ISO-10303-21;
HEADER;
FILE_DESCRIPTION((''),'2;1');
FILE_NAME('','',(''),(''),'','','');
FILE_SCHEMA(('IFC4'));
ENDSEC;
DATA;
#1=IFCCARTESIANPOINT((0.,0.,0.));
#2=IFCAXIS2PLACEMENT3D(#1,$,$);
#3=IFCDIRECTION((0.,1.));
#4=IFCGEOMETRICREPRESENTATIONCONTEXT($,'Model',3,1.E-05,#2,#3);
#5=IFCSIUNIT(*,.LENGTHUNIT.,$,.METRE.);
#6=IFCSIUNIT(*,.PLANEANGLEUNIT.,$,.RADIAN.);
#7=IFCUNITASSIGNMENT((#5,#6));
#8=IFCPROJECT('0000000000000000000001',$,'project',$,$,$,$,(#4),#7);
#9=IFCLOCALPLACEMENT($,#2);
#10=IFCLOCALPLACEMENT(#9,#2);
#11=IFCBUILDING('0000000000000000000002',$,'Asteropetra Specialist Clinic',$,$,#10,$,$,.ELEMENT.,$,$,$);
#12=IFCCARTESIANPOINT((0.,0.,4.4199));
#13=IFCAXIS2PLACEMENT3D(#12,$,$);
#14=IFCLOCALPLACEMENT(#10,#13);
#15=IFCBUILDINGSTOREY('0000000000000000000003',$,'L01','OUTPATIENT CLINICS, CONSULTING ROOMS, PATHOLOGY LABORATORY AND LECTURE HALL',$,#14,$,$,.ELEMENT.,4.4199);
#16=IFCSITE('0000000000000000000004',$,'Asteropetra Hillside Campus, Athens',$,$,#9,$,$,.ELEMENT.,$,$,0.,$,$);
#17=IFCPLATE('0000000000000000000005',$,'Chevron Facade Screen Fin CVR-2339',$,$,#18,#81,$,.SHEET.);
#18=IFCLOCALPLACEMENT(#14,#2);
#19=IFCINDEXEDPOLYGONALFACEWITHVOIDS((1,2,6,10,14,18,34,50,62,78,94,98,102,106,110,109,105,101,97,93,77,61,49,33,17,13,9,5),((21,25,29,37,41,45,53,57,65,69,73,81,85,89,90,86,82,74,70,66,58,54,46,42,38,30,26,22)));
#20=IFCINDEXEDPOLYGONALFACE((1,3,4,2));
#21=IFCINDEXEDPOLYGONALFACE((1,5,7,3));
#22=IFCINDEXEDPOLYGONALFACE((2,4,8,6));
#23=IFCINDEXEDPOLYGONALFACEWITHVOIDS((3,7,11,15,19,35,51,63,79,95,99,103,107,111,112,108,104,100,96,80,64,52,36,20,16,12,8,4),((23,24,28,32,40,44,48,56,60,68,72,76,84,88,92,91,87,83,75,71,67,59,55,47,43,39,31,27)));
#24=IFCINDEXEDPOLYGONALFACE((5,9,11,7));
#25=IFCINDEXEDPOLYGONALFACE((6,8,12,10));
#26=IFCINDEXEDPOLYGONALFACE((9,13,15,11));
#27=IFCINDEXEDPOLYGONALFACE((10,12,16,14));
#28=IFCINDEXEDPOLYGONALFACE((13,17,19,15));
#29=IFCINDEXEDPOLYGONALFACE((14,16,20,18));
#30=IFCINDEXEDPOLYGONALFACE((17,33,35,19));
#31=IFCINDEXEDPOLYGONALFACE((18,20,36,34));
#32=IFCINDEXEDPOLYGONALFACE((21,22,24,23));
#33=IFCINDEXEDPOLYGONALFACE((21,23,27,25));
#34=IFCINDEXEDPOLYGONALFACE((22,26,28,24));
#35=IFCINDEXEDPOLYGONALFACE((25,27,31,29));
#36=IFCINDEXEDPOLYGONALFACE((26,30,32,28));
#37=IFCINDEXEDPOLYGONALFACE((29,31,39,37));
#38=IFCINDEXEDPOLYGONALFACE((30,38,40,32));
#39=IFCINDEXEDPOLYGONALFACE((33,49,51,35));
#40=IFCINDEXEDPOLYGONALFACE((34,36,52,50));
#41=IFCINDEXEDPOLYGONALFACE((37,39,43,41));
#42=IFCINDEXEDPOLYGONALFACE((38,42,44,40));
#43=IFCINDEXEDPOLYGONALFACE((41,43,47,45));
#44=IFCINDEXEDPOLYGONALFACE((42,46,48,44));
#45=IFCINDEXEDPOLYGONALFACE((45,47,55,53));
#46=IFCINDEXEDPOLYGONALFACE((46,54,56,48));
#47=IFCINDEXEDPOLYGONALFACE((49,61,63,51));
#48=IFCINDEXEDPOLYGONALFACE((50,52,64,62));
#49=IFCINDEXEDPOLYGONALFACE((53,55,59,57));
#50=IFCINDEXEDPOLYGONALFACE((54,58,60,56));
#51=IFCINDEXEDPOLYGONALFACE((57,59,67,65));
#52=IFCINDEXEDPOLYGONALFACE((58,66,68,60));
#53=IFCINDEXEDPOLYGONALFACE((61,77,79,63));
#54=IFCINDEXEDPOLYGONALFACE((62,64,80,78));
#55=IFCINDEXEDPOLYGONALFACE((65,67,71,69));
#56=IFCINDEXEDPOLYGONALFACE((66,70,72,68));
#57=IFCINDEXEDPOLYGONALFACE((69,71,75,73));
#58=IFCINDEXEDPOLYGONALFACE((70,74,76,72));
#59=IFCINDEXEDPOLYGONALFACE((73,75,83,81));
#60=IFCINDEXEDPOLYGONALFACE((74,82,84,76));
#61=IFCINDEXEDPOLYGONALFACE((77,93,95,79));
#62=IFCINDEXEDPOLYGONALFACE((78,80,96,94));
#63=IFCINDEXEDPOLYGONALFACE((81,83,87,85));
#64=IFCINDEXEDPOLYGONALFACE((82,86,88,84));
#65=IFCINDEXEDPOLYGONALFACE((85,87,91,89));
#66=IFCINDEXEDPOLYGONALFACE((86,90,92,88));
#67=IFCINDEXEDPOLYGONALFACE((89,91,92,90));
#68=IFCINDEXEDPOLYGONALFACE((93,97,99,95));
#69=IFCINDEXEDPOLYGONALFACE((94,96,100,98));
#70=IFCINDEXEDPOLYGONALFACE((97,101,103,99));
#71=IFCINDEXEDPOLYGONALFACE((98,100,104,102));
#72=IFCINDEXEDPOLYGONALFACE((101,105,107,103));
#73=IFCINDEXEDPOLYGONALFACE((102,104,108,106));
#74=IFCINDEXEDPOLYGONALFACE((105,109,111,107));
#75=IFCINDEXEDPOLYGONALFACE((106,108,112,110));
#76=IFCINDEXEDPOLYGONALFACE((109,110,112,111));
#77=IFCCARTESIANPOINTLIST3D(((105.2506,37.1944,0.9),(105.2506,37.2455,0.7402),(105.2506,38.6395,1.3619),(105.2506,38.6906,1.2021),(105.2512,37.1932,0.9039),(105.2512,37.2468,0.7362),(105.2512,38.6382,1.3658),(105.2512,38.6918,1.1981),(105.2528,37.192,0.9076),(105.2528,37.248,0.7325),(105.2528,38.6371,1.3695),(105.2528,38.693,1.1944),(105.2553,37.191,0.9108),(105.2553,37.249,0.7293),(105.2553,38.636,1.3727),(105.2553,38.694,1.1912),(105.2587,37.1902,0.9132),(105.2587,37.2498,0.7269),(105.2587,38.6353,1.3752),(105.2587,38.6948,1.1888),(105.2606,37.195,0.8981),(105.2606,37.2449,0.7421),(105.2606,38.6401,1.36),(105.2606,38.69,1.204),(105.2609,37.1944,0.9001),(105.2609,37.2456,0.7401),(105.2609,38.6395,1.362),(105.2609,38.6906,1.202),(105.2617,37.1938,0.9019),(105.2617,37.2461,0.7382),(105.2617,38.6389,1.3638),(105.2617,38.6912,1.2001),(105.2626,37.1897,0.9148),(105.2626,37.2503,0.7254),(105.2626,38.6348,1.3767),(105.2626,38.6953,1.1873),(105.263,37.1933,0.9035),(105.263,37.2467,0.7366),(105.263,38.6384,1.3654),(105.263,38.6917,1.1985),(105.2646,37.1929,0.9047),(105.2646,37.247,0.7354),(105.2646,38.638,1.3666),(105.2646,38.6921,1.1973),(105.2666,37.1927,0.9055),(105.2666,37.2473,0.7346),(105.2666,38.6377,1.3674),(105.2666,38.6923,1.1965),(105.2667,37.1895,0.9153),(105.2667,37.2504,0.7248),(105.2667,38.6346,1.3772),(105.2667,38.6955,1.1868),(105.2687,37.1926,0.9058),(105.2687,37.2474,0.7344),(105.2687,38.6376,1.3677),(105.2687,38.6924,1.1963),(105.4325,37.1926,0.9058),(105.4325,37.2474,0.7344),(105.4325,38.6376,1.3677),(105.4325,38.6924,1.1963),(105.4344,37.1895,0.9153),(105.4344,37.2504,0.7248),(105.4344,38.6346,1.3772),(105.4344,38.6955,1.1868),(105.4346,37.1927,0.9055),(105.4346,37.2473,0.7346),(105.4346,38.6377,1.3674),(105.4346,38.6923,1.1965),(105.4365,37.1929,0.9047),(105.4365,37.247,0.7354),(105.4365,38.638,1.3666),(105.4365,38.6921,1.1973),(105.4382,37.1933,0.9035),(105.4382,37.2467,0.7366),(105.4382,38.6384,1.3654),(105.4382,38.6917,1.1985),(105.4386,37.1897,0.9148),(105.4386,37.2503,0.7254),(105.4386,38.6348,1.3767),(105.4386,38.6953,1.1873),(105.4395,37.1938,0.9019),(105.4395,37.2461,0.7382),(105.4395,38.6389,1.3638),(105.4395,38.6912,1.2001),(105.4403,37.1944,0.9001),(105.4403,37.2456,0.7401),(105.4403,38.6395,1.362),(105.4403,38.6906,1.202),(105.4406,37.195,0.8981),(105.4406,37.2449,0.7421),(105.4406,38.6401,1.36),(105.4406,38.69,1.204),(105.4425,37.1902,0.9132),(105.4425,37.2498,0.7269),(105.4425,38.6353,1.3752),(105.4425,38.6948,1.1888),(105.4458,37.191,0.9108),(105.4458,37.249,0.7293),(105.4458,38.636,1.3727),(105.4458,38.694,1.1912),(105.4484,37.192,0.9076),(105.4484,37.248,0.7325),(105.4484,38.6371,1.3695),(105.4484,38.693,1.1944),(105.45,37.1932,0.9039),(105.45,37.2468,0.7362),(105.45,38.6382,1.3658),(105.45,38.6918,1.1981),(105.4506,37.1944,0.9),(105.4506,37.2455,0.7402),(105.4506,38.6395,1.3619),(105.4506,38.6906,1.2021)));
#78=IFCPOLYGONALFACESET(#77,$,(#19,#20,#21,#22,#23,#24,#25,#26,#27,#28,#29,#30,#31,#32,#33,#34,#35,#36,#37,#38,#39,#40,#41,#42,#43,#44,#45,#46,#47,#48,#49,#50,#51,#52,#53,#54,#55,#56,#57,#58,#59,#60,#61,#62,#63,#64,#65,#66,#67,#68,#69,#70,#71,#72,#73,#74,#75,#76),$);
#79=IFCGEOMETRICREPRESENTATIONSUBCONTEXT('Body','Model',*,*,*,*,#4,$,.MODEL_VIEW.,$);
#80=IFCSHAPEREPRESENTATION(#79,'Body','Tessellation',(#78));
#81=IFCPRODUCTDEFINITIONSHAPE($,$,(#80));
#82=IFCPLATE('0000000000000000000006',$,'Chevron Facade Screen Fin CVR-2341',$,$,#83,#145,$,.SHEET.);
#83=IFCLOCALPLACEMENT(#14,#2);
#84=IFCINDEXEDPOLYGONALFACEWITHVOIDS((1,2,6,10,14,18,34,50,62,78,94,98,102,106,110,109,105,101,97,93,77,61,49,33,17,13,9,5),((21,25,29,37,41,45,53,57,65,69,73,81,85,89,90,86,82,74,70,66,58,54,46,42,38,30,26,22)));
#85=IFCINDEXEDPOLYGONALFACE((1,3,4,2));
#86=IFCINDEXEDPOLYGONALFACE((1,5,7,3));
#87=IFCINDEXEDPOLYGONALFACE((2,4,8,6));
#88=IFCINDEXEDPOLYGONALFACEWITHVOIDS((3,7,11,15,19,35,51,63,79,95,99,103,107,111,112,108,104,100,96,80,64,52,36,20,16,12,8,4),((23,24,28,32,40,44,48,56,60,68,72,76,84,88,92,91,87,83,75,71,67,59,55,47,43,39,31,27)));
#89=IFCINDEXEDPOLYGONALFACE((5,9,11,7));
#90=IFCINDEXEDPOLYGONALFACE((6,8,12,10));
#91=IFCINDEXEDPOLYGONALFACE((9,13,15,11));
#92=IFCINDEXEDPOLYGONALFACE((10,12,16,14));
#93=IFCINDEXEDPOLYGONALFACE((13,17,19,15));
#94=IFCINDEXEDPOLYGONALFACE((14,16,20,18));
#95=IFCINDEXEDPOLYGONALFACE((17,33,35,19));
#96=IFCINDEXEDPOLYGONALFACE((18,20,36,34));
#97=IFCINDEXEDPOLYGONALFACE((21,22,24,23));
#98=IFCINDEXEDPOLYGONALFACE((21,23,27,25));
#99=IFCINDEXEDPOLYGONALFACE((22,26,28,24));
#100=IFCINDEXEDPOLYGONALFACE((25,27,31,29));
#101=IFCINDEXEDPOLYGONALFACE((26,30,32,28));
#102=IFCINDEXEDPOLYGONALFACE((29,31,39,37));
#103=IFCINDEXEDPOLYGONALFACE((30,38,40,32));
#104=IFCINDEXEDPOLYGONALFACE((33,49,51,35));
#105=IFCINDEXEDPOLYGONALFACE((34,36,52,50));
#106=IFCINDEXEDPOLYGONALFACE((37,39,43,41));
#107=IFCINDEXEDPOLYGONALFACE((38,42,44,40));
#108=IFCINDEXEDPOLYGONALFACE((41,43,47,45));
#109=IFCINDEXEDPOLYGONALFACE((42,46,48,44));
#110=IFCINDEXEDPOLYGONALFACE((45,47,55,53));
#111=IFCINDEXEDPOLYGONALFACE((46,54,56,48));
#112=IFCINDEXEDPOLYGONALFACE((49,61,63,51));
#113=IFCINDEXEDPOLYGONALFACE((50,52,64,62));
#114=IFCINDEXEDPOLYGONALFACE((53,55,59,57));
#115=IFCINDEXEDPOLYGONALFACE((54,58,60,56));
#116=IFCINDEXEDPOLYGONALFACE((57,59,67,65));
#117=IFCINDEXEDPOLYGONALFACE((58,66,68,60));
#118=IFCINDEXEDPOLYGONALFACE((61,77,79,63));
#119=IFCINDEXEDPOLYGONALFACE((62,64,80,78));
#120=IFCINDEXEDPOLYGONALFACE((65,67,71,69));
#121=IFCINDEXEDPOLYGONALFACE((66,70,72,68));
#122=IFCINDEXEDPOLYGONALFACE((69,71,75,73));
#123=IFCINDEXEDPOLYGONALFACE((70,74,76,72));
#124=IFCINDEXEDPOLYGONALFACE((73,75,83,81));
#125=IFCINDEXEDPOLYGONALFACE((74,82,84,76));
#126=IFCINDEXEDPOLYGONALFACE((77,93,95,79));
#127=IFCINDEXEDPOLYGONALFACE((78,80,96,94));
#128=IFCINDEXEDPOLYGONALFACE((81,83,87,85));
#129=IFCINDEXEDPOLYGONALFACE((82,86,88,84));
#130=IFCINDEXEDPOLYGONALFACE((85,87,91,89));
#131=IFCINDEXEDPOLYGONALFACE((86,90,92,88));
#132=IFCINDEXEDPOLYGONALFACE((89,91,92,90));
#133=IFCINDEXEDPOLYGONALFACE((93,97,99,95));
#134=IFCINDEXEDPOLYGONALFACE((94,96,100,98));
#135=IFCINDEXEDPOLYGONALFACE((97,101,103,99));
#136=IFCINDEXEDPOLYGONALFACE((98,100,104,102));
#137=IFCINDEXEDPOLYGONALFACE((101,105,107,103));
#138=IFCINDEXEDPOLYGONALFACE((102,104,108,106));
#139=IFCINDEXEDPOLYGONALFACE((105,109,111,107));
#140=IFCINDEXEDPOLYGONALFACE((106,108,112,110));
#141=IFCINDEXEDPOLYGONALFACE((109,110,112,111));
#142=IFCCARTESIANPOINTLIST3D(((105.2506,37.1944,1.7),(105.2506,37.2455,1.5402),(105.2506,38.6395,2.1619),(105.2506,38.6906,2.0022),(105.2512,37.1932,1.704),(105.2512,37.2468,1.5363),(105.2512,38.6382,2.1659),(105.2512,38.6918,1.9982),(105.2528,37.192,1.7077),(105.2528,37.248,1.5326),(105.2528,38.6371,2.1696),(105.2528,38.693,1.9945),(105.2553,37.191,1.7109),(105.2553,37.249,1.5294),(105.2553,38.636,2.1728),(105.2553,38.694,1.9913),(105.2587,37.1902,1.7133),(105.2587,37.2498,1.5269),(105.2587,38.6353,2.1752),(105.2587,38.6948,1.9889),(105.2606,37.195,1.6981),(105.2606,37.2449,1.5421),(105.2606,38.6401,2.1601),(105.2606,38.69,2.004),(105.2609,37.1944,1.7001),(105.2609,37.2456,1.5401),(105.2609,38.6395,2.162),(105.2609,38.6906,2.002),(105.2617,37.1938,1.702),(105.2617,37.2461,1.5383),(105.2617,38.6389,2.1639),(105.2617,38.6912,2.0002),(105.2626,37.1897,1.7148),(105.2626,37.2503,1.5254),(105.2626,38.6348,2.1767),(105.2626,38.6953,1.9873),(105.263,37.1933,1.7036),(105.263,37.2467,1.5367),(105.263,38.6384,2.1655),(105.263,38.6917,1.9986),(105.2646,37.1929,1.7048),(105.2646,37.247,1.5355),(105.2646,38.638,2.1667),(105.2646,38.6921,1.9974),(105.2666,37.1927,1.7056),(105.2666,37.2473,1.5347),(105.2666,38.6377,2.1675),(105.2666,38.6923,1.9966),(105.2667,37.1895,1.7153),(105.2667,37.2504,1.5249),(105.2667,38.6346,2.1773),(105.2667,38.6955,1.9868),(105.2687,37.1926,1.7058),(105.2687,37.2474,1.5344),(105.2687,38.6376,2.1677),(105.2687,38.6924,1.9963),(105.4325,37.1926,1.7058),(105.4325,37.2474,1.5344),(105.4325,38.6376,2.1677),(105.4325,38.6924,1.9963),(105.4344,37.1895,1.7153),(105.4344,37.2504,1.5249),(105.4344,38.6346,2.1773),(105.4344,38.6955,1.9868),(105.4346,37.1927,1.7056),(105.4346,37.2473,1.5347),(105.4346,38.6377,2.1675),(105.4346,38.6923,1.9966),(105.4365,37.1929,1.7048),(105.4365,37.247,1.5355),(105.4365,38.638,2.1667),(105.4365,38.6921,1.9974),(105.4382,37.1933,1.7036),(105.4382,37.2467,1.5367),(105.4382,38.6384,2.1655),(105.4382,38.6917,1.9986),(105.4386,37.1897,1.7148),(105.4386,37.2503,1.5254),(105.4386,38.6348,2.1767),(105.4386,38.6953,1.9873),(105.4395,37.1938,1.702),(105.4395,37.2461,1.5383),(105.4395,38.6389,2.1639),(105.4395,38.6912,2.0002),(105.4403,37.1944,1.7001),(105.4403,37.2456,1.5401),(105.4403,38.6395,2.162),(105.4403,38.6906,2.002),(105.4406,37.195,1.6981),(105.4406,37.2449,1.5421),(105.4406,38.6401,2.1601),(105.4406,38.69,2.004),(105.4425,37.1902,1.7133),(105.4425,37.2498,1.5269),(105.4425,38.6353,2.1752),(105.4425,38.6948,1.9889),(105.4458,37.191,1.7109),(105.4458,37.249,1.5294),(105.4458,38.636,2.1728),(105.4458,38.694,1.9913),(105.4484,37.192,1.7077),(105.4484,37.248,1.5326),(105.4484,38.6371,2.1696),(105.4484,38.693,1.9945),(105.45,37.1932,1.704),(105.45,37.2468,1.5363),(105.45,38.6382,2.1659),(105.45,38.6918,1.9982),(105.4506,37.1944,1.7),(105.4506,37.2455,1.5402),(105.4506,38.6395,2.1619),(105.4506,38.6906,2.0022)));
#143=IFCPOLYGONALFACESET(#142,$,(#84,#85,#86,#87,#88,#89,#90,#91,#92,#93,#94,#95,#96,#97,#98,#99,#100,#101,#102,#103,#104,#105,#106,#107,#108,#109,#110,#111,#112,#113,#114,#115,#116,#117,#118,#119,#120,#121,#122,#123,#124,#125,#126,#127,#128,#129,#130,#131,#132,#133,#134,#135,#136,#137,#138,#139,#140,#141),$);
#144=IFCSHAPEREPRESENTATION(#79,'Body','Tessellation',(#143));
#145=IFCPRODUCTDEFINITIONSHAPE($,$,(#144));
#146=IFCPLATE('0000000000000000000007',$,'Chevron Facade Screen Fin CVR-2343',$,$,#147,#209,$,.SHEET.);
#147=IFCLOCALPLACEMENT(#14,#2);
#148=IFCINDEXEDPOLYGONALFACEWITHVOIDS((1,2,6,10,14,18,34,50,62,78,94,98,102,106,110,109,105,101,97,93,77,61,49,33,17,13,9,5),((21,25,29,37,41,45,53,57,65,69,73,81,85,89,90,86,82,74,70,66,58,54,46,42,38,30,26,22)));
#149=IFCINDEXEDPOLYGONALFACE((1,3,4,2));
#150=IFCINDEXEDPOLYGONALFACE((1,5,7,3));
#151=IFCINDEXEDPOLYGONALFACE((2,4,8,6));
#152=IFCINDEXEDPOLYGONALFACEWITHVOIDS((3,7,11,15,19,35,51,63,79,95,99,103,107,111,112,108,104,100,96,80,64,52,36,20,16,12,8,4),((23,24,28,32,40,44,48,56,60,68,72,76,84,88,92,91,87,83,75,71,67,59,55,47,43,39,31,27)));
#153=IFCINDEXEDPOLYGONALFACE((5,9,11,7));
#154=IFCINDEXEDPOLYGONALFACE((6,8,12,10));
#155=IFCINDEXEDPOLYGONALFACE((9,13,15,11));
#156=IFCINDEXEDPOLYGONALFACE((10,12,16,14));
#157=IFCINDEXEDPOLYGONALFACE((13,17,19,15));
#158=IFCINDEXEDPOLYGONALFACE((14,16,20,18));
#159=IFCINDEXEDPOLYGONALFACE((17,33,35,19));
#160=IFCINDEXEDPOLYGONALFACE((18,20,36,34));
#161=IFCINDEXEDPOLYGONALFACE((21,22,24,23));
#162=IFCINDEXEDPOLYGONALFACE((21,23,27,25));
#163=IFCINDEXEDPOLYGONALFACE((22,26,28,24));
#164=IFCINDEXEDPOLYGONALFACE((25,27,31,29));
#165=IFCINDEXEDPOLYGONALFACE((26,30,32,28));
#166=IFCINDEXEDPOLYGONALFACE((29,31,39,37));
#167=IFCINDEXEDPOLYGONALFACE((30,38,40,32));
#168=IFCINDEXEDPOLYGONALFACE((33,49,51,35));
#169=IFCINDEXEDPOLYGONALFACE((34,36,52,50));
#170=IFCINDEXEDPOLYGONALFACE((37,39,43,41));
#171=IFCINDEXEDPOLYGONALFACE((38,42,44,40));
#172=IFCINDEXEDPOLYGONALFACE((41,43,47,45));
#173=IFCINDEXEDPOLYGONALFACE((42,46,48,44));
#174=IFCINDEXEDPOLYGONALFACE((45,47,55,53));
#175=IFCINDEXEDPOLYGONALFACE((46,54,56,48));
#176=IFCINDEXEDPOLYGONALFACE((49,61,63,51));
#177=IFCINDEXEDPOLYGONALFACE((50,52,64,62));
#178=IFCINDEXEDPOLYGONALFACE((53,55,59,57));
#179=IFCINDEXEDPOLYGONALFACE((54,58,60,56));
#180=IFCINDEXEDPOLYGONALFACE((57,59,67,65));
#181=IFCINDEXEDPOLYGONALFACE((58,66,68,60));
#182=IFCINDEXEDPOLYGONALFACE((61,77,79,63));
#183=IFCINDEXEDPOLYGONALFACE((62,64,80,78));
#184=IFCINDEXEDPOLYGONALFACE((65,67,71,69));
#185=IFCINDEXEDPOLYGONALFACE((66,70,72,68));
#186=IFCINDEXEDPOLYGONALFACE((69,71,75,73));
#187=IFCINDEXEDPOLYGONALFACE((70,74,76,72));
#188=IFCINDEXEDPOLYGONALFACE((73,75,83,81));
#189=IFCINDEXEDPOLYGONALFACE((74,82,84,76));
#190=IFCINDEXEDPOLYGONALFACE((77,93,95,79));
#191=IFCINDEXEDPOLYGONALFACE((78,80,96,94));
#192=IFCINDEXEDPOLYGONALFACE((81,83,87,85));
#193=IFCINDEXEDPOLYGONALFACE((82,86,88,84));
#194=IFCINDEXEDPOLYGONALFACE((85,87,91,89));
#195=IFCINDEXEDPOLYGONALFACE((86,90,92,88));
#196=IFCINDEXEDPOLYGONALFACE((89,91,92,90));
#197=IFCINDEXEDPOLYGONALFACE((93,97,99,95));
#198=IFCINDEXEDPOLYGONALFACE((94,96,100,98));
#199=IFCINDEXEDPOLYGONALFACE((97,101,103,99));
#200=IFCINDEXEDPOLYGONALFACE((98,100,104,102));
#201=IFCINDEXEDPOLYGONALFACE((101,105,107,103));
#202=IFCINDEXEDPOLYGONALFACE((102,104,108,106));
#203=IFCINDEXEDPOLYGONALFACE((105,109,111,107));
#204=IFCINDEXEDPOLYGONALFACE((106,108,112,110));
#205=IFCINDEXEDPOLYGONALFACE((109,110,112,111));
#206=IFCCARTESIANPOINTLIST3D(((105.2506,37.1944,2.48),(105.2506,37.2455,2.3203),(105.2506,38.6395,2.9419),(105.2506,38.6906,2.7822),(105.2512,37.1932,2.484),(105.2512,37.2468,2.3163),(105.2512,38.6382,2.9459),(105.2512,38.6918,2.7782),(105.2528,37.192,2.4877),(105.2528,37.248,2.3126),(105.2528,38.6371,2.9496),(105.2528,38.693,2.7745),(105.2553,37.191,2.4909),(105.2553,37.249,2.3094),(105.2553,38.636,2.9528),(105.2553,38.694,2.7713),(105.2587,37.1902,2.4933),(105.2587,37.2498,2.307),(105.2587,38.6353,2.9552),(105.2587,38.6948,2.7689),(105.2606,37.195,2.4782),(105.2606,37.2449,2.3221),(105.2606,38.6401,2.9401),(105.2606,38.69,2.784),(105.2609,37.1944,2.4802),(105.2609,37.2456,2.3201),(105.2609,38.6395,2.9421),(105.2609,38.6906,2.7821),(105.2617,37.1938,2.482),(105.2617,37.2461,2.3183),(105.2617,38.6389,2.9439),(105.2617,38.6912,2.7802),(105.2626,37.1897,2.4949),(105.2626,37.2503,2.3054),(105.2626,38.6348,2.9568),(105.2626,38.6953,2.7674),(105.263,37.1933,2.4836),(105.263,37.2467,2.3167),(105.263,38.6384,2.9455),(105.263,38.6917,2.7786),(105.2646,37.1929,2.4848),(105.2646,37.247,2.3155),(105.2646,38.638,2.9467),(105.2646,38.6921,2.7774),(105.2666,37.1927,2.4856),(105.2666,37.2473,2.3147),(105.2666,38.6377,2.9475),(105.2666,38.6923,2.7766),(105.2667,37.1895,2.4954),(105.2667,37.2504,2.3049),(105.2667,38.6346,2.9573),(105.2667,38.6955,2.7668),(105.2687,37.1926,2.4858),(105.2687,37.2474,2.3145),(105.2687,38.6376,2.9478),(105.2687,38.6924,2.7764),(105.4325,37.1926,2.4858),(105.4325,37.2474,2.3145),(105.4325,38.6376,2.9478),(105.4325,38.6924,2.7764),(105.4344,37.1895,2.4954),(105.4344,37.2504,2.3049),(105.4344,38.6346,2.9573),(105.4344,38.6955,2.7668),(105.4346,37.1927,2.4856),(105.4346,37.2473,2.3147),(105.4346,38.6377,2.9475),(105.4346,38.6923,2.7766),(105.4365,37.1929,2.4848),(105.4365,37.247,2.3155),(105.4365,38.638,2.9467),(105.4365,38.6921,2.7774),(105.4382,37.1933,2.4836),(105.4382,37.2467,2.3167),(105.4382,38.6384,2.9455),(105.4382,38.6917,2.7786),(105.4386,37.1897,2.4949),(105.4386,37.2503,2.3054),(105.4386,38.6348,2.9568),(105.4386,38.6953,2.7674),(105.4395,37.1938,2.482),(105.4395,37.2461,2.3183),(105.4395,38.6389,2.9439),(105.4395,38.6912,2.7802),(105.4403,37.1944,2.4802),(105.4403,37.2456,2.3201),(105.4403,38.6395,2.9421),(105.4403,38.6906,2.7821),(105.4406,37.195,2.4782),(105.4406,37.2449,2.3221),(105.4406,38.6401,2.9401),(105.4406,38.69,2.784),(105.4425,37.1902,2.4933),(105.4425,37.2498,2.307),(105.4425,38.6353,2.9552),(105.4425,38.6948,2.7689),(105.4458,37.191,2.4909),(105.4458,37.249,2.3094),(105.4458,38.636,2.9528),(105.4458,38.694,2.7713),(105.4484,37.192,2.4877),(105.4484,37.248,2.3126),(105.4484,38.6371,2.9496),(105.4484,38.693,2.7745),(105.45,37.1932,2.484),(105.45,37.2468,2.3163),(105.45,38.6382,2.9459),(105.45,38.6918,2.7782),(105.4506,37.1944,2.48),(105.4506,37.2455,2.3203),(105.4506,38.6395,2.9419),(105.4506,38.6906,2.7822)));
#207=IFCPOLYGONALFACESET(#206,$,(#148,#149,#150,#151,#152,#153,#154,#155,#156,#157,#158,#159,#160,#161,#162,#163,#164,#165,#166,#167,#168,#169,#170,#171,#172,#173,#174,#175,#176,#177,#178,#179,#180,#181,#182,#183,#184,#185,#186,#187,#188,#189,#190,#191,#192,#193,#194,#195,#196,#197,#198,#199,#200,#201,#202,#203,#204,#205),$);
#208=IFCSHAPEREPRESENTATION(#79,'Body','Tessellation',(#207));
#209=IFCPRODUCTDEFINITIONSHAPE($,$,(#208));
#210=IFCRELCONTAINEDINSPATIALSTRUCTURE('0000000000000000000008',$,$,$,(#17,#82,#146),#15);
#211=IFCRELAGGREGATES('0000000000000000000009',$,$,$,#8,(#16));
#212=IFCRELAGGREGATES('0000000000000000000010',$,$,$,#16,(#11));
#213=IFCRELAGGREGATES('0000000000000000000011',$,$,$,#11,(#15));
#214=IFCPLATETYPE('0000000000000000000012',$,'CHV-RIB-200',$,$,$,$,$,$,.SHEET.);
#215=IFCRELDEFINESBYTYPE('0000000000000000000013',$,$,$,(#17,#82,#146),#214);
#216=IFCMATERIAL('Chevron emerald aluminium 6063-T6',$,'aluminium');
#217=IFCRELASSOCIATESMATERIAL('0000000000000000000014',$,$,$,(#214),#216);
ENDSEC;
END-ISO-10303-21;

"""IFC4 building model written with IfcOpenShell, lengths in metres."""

from ifc_helpers import new_model, si_unit, direction, frame, origin, origin_2d, place, context, subcontext, project, spatial, hollow_rectangle, extrude, material, material_profile, profile_set, type_object, element, save


model = new_model("IFC4")

# Units and contexts
model_context = context("Model", 3, precision=1e-05, world=origin(), true_north=direction((0.0, 1.0)))
body_context = subcontext(model_context, "Body", "Model", "MODEL_VIEW")
ifc_project = project(units=[si_unit("LENGTHUNIT", "METRE"), si_unit("PLANEANGLEUNIT", "RADIAN")], contexts=[model_context])

# Site, building, storey
site_placement = place(None, origin())
site = spatial("IfcSite", under=ifc_project, at=site_placement, Name="Asteropetra Hillside Campus, Athens", CompositionType="ELEMENT", RefElevation=0.0)
building_placement = place(site_placement, origin())
building = spatial("IfcBuilding", under=site, at=building_placement, Name="Asteropetra Specialist Clinic", CompositionType="ELEMENT")
storey_placement = place(building_placement, frame((0.0, 0.0, 4.4199)))
storey = spatial("IfcBuildingStorey", under=building, at=storey_placement, Name="L01", Description="OUTPATIENT CLINICS, CONSULTING ROOMS, PATHOLOGY LABORATORY AND LECTURE HALL", CompositionType="ELEMENT", Elevation=4.4199)

# Plates
ifc_material_1 = material(Name="Chevron emerald aluminium 6063-T6", Category="aluminium")
ifc_material_profile_1 = material_profile(ifc_material_1, hollow_rectangle(XDim=0.2, YDim=0.2, WallThickness=0.01, InnerFilletRadius=0.0081, OuterFilletRadius=0.0161, at=origin_2d()), Name="SHS 200x200x10.0")
ifc_profile_set_1 = profile_set([ifc_material_profile_1], Name="Chevron emerald aluminium 6063-T6")
plate_type = type_object("IfcPlateType", Name="CHV-RIB-200", PredefinedType="SHEET", material=ifc_profile_set_1)
for number, where, z_axis, x_axis, name in (
    (1, (105.3506, 38.665, 1.282), (0.0, -0.952521, -0.304472), (1.0, 0.0, 0.0), "Chevron Facade Screen Fin CVR-2339"),
    (2, (105.3506, 38.665, 2.082), (0.0, -0.952521, -0.304472), (1.0, 0.0, 0.0), "Chevron Facade Screen Fin CVR-2341"),
    (3, (105.3506, 38.665, 2.8621), (0.0, -0.952521, -0.304472), (1.0, 0.0, 0.0), "Chevron Facade Screen Fin CVR-2343"),
):
    element("IfcPlate", number, at=place(storey_placement, frame(where, z_axis=z_axis, x_axis=x_axis)), inside=storey, type_object=plate_type, Name=name, PredefinedType="SHEET", context=body_context, shape_type="SweptSolid", body=[
        extrude(hollow_rectangle(XDim=0.2, YDim=0.2, WallThickness=0.01, InnerFilletRadius=0.0081, OuterFilletRadius=0.0161, at=origin_2d()), origin(), (0.0, 0.0, 1.0), 1.5171),
    ])

save(model, "model.ifc")
